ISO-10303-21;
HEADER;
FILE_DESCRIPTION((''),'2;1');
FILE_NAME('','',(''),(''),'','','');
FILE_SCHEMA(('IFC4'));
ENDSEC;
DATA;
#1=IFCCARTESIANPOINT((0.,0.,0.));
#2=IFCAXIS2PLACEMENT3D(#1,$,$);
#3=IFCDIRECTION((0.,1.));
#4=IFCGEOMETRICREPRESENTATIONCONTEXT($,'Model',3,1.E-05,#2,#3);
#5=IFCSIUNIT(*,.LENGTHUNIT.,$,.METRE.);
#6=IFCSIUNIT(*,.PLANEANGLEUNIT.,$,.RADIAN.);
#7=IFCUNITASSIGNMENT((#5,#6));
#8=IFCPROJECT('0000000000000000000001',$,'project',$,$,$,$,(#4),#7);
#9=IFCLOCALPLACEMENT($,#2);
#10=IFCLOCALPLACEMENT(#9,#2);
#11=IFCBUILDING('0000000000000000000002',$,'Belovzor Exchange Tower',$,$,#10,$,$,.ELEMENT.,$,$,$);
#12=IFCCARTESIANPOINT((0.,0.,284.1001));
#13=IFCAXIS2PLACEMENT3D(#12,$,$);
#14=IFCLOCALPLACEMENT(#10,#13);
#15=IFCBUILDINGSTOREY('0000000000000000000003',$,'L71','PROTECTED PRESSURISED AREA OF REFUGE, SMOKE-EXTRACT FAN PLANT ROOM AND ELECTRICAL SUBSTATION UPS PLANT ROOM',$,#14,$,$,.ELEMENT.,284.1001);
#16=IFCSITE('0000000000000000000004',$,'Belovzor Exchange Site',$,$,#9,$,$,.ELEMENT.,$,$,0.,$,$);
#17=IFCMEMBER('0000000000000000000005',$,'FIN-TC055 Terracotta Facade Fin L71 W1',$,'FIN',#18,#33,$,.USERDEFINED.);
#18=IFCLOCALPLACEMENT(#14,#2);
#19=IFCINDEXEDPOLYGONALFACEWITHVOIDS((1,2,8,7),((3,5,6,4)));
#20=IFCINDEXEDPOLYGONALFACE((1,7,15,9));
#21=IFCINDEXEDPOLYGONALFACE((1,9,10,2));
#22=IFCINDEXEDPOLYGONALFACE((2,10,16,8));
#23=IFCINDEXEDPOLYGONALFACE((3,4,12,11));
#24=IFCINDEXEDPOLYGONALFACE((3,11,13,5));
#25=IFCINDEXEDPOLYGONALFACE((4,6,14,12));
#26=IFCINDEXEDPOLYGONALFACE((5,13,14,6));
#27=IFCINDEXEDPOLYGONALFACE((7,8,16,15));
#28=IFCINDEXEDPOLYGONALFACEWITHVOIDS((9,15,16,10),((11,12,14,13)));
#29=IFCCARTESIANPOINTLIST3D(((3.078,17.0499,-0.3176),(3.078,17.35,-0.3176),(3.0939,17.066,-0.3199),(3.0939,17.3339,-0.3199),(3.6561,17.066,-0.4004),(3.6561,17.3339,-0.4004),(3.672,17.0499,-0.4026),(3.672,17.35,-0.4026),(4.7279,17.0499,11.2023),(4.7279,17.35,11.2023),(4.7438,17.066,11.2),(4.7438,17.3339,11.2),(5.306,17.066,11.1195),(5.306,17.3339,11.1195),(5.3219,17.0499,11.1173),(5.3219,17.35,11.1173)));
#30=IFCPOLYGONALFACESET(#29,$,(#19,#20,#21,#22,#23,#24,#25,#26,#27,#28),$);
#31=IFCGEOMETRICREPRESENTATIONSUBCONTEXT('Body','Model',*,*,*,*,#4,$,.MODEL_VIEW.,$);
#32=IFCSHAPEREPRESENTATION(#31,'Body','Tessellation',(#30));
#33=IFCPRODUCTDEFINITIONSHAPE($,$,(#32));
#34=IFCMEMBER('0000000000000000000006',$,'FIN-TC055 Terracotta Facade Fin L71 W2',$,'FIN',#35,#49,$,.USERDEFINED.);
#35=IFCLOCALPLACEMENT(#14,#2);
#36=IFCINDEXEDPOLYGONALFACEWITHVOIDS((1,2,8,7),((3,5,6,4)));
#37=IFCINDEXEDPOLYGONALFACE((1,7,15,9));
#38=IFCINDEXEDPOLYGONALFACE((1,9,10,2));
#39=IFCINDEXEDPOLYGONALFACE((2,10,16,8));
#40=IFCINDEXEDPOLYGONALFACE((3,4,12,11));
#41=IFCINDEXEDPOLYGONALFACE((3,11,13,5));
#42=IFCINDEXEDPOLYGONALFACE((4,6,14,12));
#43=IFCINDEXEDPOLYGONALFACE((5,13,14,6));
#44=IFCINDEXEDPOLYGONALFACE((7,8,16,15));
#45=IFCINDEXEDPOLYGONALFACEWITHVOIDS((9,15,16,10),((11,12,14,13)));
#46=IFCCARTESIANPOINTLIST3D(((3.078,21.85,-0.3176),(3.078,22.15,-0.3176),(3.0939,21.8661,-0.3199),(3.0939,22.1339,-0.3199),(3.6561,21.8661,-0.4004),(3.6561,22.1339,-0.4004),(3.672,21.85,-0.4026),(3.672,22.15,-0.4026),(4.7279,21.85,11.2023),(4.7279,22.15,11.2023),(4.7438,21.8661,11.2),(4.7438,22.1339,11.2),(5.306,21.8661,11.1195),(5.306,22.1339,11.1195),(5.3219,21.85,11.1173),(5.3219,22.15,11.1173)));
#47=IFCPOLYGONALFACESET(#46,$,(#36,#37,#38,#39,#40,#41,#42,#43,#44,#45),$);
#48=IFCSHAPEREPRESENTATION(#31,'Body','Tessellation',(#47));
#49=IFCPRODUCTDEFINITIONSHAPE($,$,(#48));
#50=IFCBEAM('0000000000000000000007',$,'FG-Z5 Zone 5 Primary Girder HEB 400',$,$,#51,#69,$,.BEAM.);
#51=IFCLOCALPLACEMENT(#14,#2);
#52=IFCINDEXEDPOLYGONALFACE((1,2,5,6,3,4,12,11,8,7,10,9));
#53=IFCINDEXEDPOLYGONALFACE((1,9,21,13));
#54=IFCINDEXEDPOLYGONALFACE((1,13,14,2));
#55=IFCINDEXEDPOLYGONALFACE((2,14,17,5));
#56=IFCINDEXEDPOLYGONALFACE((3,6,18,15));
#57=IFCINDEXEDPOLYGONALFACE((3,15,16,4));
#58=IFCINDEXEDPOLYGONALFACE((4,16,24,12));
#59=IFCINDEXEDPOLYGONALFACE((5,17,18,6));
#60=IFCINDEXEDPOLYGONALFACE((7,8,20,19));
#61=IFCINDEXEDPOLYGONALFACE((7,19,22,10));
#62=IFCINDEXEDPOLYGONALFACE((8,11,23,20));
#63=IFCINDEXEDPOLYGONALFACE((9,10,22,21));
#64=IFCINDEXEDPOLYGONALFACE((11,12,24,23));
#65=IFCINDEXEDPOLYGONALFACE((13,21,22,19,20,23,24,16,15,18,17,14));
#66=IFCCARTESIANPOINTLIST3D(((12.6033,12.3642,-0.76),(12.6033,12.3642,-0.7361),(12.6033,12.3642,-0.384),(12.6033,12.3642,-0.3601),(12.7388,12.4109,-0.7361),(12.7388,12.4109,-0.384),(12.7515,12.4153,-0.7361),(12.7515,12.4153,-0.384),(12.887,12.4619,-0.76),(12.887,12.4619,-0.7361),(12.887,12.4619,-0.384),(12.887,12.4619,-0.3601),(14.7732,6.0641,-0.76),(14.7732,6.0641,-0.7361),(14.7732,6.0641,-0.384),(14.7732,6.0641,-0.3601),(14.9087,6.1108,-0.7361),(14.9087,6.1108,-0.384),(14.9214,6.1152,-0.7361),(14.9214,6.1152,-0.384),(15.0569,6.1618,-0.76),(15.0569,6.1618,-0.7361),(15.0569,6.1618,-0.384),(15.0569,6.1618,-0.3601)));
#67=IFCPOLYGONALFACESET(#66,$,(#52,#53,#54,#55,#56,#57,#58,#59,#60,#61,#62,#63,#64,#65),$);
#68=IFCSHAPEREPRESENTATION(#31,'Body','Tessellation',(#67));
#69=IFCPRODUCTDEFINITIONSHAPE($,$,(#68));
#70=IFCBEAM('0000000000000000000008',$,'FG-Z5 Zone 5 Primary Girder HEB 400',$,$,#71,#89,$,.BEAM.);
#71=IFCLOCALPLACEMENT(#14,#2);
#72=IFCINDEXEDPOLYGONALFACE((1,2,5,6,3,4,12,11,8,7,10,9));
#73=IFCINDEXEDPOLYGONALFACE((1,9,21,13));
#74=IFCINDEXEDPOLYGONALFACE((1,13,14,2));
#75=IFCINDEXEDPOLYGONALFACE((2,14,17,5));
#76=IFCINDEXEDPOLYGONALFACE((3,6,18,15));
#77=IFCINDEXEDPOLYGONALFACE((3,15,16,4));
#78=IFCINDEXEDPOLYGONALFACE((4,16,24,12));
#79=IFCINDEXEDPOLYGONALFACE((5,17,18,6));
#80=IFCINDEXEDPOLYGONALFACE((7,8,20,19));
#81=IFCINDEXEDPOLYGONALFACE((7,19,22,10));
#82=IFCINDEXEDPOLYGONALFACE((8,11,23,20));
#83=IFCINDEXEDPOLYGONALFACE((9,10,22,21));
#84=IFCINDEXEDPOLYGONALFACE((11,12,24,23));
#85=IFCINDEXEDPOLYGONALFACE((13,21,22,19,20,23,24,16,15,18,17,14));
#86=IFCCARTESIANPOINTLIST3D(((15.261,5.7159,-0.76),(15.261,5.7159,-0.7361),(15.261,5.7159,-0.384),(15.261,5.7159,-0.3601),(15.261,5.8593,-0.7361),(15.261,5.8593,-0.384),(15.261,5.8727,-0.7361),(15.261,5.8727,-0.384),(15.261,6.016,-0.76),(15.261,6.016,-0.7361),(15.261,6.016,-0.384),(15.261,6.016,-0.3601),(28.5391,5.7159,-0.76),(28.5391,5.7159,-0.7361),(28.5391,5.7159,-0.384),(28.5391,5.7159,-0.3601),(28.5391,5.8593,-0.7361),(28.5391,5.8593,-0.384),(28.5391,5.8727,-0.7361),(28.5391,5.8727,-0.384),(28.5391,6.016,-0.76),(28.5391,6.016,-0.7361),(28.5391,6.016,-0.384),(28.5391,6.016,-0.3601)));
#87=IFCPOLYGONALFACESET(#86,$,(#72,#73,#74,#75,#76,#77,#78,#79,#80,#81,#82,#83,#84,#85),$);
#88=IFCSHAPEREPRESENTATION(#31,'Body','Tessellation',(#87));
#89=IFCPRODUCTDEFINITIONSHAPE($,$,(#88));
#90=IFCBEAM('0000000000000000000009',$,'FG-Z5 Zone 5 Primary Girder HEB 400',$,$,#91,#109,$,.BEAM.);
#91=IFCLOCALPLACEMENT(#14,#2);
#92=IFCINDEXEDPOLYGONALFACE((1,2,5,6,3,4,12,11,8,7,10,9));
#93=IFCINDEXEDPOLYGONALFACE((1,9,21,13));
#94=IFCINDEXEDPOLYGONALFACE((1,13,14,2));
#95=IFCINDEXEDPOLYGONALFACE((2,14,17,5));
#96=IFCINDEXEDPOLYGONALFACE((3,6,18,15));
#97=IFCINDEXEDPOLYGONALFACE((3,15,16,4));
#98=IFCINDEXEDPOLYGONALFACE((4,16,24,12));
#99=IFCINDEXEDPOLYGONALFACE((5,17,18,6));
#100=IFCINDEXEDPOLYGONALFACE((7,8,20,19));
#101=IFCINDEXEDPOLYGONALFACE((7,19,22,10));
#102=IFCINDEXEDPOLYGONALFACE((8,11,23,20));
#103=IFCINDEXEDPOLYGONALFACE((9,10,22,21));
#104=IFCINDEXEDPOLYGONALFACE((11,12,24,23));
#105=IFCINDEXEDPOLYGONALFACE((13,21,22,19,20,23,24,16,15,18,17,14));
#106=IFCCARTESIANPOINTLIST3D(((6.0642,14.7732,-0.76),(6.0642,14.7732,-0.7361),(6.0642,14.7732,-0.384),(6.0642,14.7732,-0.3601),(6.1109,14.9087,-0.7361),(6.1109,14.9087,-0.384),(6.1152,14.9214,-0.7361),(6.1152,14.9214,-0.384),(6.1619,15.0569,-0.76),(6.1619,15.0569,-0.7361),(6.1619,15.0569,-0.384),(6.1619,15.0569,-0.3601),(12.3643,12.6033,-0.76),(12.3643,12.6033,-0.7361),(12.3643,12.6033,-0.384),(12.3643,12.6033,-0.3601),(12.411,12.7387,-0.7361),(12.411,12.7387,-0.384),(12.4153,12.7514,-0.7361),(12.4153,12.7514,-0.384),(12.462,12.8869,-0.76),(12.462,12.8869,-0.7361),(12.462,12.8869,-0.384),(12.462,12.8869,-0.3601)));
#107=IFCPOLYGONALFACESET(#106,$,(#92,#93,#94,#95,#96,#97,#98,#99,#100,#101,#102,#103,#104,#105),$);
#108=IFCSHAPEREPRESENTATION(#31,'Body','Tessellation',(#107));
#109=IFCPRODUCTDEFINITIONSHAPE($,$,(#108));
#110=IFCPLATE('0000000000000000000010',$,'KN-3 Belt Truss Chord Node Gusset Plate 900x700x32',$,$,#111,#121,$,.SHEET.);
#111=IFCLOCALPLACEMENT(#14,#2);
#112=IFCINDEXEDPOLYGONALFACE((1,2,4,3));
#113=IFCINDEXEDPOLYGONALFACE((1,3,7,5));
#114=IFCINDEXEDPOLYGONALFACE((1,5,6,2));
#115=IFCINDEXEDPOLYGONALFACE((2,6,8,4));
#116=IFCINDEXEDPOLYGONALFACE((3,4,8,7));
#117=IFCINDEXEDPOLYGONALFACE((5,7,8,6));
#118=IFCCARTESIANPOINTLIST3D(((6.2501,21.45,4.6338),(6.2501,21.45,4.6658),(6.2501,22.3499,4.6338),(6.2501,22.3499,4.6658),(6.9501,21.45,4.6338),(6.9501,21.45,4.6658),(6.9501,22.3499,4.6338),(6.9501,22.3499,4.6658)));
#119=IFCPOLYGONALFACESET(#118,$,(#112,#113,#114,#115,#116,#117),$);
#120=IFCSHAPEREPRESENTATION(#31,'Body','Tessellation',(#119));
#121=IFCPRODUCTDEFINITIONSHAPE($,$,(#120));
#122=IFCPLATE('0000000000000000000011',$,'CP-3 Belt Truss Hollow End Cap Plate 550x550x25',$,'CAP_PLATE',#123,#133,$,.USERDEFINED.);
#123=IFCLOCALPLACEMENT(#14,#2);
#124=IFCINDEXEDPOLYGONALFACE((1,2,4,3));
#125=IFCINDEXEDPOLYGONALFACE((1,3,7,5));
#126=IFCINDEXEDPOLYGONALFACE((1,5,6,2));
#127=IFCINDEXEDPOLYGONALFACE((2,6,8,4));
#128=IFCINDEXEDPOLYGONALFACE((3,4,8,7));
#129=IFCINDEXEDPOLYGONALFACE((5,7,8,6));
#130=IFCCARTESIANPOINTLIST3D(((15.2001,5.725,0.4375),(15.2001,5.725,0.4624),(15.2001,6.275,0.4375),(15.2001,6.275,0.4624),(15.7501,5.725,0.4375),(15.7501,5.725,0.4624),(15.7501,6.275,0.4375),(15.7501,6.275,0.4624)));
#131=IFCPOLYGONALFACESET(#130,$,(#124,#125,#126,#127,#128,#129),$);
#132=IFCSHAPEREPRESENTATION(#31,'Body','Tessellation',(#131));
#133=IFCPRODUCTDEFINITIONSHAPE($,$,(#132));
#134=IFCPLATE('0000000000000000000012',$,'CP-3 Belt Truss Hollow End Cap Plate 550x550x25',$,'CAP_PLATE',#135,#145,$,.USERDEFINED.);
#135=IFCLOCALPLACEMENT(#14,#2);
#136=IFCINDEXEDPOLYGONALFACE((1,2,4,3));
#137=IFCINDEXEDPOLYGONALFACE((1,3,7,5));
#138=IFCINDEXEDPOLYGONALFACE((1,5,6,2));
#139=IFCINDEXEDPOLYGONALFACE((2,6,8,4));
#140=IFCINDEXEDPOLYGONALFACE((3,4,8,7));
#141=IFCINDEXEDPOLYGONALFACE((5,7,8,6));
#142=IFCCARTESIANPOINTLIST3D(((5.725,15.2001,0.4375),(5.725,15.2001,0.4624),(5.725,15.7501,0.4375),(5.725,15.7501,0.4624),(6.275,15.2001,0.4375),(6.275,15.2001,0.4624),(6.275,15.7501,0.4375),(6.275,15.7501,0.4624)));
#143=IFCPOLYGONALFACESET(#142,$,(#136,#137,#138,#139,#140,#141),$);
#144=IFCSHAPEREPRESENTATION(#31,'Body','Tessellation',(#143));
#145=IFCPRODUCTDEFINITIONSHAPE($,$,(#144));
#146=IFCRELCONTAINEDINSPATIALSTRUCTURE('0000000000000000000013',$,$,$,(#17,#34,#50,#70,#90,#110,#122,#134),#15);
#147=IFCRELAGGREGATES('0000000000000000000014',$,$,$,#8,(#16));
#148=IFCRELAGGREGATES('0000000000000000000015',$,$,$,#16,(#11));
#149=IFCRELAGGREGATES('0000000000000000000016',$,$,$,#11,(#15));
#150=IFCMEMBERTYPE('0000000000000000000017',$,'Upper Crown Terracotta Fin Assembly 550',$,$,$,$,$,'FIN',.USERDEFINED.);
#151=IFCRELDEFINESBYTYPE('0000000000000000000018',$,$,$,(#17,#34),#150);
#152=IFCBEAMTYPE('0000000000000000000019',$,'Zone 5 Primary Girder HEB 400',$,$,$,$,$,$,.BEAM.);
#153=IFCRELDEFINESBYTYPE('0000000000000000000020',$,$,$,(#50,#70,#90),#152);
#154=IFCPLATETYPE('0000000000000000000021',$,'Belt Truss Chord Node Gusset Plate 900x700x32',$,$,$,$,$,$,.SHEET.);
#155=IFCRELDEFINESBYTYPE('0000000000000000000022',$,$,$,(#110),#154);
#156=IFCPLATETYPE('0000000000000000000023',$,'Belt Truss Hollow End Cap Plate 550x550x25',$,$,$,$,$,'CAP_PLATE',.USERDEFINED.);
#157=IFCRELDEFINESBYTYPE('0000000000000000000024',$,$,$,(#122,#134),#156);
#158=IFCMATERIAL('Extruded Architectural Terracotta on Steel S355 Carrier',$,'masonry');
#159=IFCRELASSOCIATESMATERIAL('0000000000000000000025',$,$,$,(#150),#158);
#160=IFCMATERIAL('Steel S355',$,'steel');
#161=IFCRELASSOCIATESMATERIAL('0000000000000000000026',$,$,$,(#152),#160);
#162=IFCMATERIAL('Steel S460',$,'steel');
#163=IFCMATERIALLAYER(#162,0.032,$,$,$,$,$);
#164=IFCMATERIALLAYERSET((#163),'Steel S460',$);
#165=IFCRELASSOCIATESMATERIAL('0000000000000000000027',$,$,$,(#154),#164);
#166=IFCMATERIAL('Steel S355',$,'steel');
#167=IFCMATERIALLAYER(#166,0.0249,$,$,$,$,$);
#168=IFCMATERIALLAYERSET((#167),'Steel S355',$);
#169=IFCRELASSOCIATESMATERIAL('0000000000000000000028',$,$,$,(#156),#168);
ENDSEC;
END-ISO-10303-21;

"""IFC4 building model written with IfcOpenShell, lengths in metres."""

from ifc_helpers import new_model, si_unit, direction, frame, origin, origin_2d, place, context, subcontext, project, spatial, rectangle, hollow_rectangle, i_section, extrude, material, layer, layer_set, material_profile, profile_set, type_object, element, save


model = new_model("IFC4")

# Units and contexts
model_context = context("Model", 3, precision=1e-05, world=origin(), true_north=direction((0.0, 1.0)))
body_context = subcontext(model_context, "Body", "Model", "MODEL_VIEW")
ifc_project = project(units=[si_unit("LENGTHUNIT", "METRE"), si_unit("PLANEANGLEUNIT", "RADIAN")], contexts=[model_context])

# Site, building, storey
site_placement = place(None, origin())
site = spatial("IfcSite", under=ifc_project, at=site_placement, Name="Belovzor Exchange Site", CompositionType="ELEMENT", RefElevation=0.0)
building_placement = place(site_placement, origin())
building = spatial("IfcBuilding", under=site, at=building_placement, Name="Belovzor Exchange Tower", CompositionType="ELEMENT")
storey_placement = place(building_placement, frame((0.0, 0.0, 284.1001)))
storey = spatial("IfcBuildingStorey", under=building, at=storey_placement, Name="L71", Description="PROTECTED PRESSURISED AREA OF REFUGE, SMOKE-EXTRACT FAN PLANT ROOM AND ELECTRICAL SUBSTATION UPS PLANT ROOM", CompositionType="ELEMENT", Elevation=284.1001)

# Members
ifc_material_1 = material(Name="Extruded Architectural Terracotta on Steel S355 Carrier", Category="masonry")
ifc_material_profile_1 = material_profile(ifc_material_1, hollow_rectangle(XDim=0.3, YDim=0.6001, WallThickness=0.0161, at=origin_2d()))
ifc_profile_set_1 = profile_set([ifc_material_profile_1], Name="Extruded Architectural Terracotta on Steel S355 Carrier")
member_type_1 = type_object("IfcMemberType", Name="Upper Crown Terracotta Fin Assembly 550", ElementType="FIN", PredefinedType="USERDEFINED", material=ifc_profile_set_1)
for number, where, z_axis, x_axis, name in (
    (1, (3.375, 17.2, -0.3601), (0.141774, 0.0, 0.989899), (0.0, 1.0, 0.0), "FIN-TC055 Terracotta Facade Fin L71 W1"),
    (2, (3.375, 22.0, -0.3601), (0.141774, 0.0, 0.989899), (0.0, 1.0, 0.0), "FIN-TC055 Terracotta Facade Fin L71 W2"),
):
    element("IfcMember", number, at=place(storey_placement, frame(where, z_axis=z_axis, x_axis=x_axis)), inside=storey, type_object=member_type_1, Name=name, ObjectType="FIN", PredefinedType="USERDEFINED", context=body_context, shape_type="SweptSolid", body=[
        extrude(hollow_rectangle(XDim=0.3, YDim=0.6001, WallThickness=0.0161, at=origin_2d()), origin(), (0.0, 0.0, 1.0), 11.6375),
    ])

# Beams
ifc_material_2 = material(Name="Steel S355", Category="steel")
ifc_material_profile_2 = material_profile(ifc_material_2, i_section(OverallWidth=0.3, OverallDepth=0.3999, WebThickness=0.0134, FlangeThickness=0.0239, at=origin_2d()))
ifc_profile_set_2 = profile_set([ifc_material_profile_2], Name="Steel S355")
beam_type_1 = type_object("IfcBeamType", Name="Zone 5 Primary Girder HEB 400", PredefinedType="BEAM", material=ifc_profile_set_2)
beam_1_placement = place(storey_placement, frame((12.7451, 12.4131, -0.5601), z_axis=(0.325654, -0.945489, 0.0), x_axis=(0.945489, 0.325654, 0.0)))
element("IfcBeam", 3, at=beam_1_placement, inside=storey, type_object=beam_type_1, Name="FG-Z5 Zone 5 Primary Girder HEB 400", PredefinedType="BEAM", context=body_context, shape_type="SweptSolid", body=[
    extrude(i_section(OverallWidth=0.3, OverallDepth=0.3999, WebThickness=0.0134, FlangeThickness=0.0239, at=origin_2d()), origin(), (0.0, 0.0, 1.0), 6.6633),
])
beam_2_placement = place(storey_placement, frame((15.261, 5.866, -0.5601), z_axis=(1.0, 0.0, 0.0), x_axis=(0.0, 1.0, 0.0)))
element("IfcBeam", 4, at=beam_2_placement, inside=storey, type_object=beam_type_1, Name="FG-Z5 Zone 5 Primary Girder HEB 400", PredefinedType="BEAM", context=body_context, shape_type="SweptSolid", body=[
    extrude(i_section(OverallWidth=0.3, OverallDepth=0.3999, WebThickness=0.0134, FlangeThickness=0.0239, at=origin_2d()), origin(), (0.0, 0.0, 1.0), 13.2781),
])
beam_3_placement = place(storey_placement, frame((6.113, 14.915, -0.5601), z_axis=(0.945489, -0.325654, 0.0), x_axis=(0.325654, 0.945489, 0.0)))
element("IfcBeam", 5, at=beam_3_placement, inside=storey, type_object=beam_type_1, Name="FG-Z5 Zone 5 Primary Girder HEB 400", PredefinedType="BEAM", context=body_context, shape_type="SweptSolid", body=[
    extrude(i_section(OverallWidth=0.3, OverallDepth=0.3999, WebThickness=0.0134, FlangeThickness=0.0239, at=origin_2d()), origin(), (0.0, 0.0, 1.0), 6.6633),
])

# Plates
ifc_material_3 = material(Name="Steel S460", Category="steel")
ifc_layer_1 = layer(ifc_material_3, 0.032)
ifc_layer_set_1 = layer_set([ifc_layer_1], Name="Steel S460")
plate_type_1 = type_object("IfcPlateType", Name="Belt Truss Chord Node Gusset Plate 900x700x32", PredefinedType="SHEET", material=ifc_layer_set_1)
plate_placement = place(storey_placement, frame((6.6001, 21.8999, 4.6338), z_axis=(0.0, 0.0, 1.0), x_axis=(0.0, 1.0, 0.0)))
element("IfcPlate", 6, at=plate_placement, inside=storey, type_object=plate_type_1, Name="KN-3 Belt Truss Chord Node Gusset Plate 900x700x32", PredefinedType="SHEET", context=body_context, shape_type="SweptSolid", body=[
    extrude(rectangle(XDim=0.8999, YDim=0.7, at=origin_2d()), origin(), (0.0, 0.0, 1.0), 0.032),
])
ifc_material_4 = material(Name="Steel S355", Category="steel")
ifc_layer_2 = layer(ifc_material_4, 0.0249)
ifc_layer_set_2 = layer_set([ifc_layer_2], Name="Steel S355")
plate_type_2 = type_object("IfcPlateType", Name="Belt Truss Hollow End Cap Plate 550x550x25", ElementType="CAP_PLATE", PredefinedType="USERDEFINED", material=ifc_layer_set_2)
for number, where, z_axis, x_axis, name in (
    (7, (15.4751, 6.0, 0.4375), (0.0, 0.0, 1.0), (1.0, 0.0, 0.0), "CP-3 Belt Truss Hollow End Cap Plate 550x550x25"),
    (8, (6.0, 15.4751, 0.4375), (0.0, 0.0, 1.0), (0.0, 1.0, 0.0), "CP-3 Belt Truss Hollow End Cap Plate 550x550x25"),
):
    element("IfcPlate", number, at=place(storey_placement, frame(where, z_axis=z_axis, x_axis=x_axis)), inside=storey, type_object=plate_type_2, Name=name, ObjectType="CAP_PLATE", PredefinedType="USERDEFINED", context=body_context, shape_type="SweptSolid", body=[
        extrude(rectangle(XDim=0.55, YDim=0.55, at=origin_2d()), origin(), (0.0, 0.0, 1.0), 0.0249),
    ])

save(model, "model.ifc")
